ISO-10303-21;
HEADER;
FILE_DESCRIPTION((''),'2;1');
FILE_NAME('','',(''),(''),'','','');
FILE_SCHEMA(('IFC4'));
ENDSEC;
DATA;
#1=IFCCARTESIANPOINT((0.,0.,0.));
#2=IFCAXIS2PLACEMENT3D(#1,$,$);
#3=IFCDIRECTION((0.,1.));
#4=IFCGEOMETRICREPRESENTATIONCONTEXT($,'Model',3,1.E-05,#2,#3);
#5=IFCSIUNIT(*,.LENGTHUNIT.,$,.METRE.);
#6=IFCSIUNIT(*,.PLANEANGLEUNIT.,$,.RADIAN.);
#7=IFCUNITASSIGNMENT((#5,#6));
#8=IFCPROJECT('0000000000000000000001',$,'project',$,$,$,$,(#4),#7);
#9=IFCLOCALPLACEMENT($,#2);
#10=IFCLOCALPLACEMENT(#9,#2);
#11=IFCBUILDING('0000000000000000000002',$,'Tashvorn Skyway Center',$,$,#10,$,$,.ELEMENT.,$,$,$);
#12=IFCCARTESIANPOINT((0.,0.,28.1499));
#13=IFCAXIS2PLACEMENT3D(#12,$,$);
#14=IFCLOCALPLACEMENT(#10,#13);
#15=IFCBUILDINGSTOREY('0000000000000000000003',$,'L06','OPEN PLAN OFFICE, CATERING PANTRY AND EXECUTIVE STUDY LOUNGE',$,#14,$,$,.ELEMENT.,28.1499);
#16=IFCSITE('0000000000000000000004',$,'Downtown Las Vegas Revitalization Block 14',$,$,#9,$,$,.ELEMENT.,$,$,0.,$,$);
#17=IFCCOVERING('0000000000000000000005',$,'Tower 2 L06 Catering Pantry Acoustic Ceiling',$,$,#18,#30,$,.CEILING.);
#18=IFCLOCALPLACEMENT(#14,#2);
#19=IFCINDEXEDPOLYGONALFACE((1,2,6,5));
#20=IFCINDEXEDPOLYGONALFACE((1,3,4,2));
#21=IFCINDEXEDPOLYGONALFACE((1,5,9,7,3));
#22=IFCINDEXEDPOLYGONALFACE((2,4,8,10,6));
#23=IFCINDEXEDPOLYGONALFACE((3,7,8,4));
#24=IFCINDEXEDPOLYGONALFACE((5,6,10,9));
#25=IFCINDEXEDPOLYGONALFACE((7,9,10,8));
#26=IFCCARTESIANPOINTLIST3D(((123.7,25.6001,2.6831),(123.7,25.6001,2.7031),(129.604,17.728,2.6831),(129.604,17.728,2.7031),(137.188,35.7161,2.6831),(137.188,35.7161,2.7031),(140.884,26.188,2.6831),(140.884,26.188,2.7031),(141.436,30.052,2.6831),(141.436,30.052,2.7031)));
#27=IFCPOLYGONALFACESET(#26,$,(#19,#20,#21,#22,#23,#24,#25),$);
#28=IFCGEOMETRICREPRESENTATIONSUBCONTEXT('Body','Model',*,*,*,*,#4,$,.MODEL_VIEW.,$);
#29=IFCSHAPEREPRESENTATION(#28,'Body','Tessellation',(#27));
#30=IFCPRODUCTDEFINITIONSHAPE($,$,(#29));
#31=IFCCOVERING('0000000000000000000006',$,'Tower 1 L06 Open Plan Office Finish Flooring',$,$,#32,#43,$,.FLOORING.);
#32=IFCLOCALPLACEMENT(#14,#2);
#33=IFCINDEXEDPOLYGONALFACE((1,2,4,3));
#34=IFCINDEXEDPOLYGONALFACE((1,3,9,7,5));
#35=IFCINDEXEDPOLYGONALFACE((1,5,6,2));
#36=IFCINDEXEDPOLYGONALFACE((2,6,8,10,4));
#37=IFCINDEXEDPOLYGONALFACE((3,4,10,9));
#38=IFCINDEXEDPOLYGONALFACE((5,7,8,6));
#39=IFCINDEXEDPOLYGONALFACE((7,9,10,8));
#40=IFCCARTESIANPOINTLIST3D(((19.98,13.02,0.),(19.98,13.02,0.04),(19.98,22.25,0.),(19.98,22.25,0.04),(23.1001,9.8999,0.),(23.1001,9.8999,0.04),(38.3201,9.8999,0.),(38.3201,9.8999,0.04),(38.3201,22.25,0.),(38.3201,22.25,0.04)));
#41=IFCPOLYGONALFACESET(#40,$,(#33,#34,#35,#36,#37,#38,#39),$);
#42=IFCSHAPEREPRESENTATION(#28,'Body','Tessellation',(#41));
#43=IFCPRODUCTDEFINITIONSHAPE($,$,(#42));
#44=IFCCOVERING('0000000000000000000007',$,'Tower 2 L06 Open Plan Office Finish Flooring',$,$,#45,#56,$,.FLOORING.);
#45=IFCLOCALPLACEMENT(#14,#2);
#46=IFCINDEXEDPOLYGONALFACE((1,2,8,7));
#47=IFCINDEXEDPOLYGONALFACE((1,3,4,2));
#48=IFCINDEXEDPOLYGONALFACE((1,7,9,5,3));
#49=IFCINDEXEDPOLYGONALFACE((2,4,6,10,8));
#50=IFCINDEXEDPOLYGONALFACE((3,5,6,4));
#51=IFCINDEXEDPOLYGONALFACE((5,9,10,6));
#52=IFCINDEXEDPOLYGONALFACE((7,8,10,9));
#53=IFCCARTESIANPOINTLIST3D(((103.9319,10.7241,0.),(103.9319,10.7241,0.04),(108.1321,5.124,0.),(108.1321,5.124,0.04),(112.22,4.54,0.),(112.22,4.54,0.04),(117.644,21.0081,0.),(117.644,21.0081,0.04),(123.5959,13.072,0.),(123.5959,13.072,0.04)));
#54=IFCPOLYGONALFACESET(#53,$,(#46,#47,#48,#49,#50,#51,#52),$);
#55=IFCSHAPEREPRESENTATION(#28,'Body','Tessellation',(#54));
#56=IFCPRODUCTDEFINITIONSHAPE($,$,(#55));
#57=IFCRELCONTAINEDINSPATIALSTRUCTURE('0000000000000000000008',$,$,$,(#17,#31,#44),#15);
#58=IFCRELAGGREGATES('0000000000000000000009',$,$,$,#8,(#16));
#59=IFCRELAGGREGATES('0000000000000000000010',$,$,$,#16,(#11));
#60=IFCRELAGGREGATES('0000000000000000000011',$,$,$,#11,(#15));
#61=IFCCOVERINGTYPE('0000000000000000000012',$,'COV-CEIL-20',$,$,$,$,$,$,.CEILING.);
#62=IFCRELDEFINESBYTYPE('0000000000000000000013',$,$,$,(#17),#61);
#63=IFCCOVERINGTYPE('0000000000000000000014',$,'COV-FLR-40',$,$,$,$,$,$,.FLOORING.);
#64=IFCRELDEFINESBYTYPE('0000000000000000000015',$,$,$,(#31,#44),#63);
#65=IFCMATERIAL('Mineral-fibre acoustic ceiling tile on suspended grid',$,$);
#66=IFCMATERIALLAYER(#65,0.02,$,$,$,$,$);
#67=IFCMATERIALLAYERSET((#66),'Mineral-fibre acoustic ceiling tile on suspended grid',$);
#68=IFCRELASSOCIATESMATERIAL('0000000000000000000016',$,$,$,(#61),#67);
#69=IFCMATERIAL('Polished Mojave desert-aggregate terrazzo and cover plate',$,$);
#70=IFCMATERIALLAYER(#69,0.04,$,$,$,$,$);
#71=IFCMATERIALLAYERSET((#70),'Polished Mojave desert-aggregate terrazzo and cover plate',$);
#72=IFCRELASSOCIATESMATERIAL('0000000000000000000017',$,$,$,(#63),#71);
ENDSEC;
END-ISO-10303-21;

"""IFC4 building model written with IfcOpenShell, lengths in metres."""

from ifc_helpers import new_model, si_unit, direction, frame, origin, place, context, subcontext, project, spatial, polyline, outline, extrude, material, layer, layer_set, type_object, element, save


model = new_model("IFC4")

# Units and contexts
model_context = context("Model", 3, precision=1e-05, world=origin(), true_north=direction((0.0, 1.0)))
body_context = subcontext(model_context, "Body", "Model", "MODEL_VIEW")
ifc_project = project(units=[si_unit("LENGTHUNIT", "METRE"), si_unit("PLANEANGLEUNIT", "RADIAN")], contexts=[model_context])

# Site, building, storey
site_placement = place(None, origin())
site = spatial("IfcSite", under=ifc_project, at=site_placement, Name="Downtown Las Vegas Revitalization Block 14", CompositionType="ELEMENT", RefElevation=0.0)
building_placement = place(site_placement, origin())
building = spatial("IfcBuilding", under=site, at=building_placement, Name="Tashvorn Skyway Center", CompositionType="ELEMENT")
storey_placement = place(building_placement, frame((0.0, 0.0, 28.1499)))
storey = spatial("IfcBuildingStorey", under=building, at=storey_placement, Name="L06", Description="OPEN PLAN OFFICE, CATERING PANTRY AND EXECUTIVE STUDY LOUNGE", CompositionType="ELEMENT", Elevation=28.1499)

# Coverings
ifc_material_1 = material(Name="Mineral-fibre acoustic ceiling tile on suspended grid")
ifc_layer_1 = layer(ifc_material_1, 0.02)
ifc_layer_set_1 = layer_set([ifc_layer_1], Name="Mineral-fibre acoustic ceiling tile on suspended grid")
covering_type_1 = type_object("IfcCoveringType", Name="COV-CEIL-20", PredefinedType="CEILING", material=ifc_layer_set_1)
covering_1_placement = place(storey_placement, frame((0.0, 0.0, 2.6831)))
element("IfcCovering", 1, at=covering_1_placement, inside=storey, type_object=covering_type_1, Name="Tower 2 L06 Catering Pantry Acoustic Ceiling", PredefinedType="CEILING", context=body_context, shape_type="SweptSolid", body=[
    extrude(outline(polyline([(129.604, 17.728), (123.7, 25.6001), (137.188, 35.7161), (141.436, 30.052), (140.884, 26.188), (129.604, 17.728)])), origin(), (0.0, 0.0, 1.0), 0.02),
])
ifc_material_2 = material(Name="Polished Mojave desert-aggregate terrazzo and cover plate")
ifc_layer_2 = layer(ifc_material_2, 0.04)
ifc_layer_set_2 = layer_set([ifc_layer_2], Name="Polished Mojave desert-aggregate terrazzo and cover plate")
covering_type_2 = type_object("IfcCoveringType", Name="COV-FLR-40", PredefinedType="FLOORING", material=ifc_layer_set_2)
covering_2_placement = place(storey_placement, origin())
element("IfcCovering", 2, at=covering_2_placement, inside=storey, type_object=covering_type_2, Name="Tower 1 L06 Open Plan Office Finish Flooring", PredefinedType="FLOORING", context=body_context, shape_type="SweptSolid", body=[
    extrude(outline(polyline([(23.1001, 9.8999), (19.98, 13.02), (19.98, 22.25), (38.3201, 22.25), (38.3201, 9.8999), (23.1001, 9.8999)])), origin(), (0.0, 0.0, 1.0), 0.04),
])
covering_3_placement = place(storey_placement, origin())
element("IfcCovering", 3, at=covering_3_placement, inside=storey, type_object=covering_type_2, Name="Tower 2 L06 Open Plan Office Finish Flooring", PredefinedType="FLOORING", context=body_context, shape_type="SweptSolid", body=[
    extrude(outline(polyline([(112.22, 4.54), (108.1321, 5.124), (103.9319, 10.7241), (117.644, 21.0081), (123.5959, 13.072), (112.22, 4.54)])), origin(), (0.0, 0.0, 1.0), 0.04),
])

save(model, "model.ifc")
